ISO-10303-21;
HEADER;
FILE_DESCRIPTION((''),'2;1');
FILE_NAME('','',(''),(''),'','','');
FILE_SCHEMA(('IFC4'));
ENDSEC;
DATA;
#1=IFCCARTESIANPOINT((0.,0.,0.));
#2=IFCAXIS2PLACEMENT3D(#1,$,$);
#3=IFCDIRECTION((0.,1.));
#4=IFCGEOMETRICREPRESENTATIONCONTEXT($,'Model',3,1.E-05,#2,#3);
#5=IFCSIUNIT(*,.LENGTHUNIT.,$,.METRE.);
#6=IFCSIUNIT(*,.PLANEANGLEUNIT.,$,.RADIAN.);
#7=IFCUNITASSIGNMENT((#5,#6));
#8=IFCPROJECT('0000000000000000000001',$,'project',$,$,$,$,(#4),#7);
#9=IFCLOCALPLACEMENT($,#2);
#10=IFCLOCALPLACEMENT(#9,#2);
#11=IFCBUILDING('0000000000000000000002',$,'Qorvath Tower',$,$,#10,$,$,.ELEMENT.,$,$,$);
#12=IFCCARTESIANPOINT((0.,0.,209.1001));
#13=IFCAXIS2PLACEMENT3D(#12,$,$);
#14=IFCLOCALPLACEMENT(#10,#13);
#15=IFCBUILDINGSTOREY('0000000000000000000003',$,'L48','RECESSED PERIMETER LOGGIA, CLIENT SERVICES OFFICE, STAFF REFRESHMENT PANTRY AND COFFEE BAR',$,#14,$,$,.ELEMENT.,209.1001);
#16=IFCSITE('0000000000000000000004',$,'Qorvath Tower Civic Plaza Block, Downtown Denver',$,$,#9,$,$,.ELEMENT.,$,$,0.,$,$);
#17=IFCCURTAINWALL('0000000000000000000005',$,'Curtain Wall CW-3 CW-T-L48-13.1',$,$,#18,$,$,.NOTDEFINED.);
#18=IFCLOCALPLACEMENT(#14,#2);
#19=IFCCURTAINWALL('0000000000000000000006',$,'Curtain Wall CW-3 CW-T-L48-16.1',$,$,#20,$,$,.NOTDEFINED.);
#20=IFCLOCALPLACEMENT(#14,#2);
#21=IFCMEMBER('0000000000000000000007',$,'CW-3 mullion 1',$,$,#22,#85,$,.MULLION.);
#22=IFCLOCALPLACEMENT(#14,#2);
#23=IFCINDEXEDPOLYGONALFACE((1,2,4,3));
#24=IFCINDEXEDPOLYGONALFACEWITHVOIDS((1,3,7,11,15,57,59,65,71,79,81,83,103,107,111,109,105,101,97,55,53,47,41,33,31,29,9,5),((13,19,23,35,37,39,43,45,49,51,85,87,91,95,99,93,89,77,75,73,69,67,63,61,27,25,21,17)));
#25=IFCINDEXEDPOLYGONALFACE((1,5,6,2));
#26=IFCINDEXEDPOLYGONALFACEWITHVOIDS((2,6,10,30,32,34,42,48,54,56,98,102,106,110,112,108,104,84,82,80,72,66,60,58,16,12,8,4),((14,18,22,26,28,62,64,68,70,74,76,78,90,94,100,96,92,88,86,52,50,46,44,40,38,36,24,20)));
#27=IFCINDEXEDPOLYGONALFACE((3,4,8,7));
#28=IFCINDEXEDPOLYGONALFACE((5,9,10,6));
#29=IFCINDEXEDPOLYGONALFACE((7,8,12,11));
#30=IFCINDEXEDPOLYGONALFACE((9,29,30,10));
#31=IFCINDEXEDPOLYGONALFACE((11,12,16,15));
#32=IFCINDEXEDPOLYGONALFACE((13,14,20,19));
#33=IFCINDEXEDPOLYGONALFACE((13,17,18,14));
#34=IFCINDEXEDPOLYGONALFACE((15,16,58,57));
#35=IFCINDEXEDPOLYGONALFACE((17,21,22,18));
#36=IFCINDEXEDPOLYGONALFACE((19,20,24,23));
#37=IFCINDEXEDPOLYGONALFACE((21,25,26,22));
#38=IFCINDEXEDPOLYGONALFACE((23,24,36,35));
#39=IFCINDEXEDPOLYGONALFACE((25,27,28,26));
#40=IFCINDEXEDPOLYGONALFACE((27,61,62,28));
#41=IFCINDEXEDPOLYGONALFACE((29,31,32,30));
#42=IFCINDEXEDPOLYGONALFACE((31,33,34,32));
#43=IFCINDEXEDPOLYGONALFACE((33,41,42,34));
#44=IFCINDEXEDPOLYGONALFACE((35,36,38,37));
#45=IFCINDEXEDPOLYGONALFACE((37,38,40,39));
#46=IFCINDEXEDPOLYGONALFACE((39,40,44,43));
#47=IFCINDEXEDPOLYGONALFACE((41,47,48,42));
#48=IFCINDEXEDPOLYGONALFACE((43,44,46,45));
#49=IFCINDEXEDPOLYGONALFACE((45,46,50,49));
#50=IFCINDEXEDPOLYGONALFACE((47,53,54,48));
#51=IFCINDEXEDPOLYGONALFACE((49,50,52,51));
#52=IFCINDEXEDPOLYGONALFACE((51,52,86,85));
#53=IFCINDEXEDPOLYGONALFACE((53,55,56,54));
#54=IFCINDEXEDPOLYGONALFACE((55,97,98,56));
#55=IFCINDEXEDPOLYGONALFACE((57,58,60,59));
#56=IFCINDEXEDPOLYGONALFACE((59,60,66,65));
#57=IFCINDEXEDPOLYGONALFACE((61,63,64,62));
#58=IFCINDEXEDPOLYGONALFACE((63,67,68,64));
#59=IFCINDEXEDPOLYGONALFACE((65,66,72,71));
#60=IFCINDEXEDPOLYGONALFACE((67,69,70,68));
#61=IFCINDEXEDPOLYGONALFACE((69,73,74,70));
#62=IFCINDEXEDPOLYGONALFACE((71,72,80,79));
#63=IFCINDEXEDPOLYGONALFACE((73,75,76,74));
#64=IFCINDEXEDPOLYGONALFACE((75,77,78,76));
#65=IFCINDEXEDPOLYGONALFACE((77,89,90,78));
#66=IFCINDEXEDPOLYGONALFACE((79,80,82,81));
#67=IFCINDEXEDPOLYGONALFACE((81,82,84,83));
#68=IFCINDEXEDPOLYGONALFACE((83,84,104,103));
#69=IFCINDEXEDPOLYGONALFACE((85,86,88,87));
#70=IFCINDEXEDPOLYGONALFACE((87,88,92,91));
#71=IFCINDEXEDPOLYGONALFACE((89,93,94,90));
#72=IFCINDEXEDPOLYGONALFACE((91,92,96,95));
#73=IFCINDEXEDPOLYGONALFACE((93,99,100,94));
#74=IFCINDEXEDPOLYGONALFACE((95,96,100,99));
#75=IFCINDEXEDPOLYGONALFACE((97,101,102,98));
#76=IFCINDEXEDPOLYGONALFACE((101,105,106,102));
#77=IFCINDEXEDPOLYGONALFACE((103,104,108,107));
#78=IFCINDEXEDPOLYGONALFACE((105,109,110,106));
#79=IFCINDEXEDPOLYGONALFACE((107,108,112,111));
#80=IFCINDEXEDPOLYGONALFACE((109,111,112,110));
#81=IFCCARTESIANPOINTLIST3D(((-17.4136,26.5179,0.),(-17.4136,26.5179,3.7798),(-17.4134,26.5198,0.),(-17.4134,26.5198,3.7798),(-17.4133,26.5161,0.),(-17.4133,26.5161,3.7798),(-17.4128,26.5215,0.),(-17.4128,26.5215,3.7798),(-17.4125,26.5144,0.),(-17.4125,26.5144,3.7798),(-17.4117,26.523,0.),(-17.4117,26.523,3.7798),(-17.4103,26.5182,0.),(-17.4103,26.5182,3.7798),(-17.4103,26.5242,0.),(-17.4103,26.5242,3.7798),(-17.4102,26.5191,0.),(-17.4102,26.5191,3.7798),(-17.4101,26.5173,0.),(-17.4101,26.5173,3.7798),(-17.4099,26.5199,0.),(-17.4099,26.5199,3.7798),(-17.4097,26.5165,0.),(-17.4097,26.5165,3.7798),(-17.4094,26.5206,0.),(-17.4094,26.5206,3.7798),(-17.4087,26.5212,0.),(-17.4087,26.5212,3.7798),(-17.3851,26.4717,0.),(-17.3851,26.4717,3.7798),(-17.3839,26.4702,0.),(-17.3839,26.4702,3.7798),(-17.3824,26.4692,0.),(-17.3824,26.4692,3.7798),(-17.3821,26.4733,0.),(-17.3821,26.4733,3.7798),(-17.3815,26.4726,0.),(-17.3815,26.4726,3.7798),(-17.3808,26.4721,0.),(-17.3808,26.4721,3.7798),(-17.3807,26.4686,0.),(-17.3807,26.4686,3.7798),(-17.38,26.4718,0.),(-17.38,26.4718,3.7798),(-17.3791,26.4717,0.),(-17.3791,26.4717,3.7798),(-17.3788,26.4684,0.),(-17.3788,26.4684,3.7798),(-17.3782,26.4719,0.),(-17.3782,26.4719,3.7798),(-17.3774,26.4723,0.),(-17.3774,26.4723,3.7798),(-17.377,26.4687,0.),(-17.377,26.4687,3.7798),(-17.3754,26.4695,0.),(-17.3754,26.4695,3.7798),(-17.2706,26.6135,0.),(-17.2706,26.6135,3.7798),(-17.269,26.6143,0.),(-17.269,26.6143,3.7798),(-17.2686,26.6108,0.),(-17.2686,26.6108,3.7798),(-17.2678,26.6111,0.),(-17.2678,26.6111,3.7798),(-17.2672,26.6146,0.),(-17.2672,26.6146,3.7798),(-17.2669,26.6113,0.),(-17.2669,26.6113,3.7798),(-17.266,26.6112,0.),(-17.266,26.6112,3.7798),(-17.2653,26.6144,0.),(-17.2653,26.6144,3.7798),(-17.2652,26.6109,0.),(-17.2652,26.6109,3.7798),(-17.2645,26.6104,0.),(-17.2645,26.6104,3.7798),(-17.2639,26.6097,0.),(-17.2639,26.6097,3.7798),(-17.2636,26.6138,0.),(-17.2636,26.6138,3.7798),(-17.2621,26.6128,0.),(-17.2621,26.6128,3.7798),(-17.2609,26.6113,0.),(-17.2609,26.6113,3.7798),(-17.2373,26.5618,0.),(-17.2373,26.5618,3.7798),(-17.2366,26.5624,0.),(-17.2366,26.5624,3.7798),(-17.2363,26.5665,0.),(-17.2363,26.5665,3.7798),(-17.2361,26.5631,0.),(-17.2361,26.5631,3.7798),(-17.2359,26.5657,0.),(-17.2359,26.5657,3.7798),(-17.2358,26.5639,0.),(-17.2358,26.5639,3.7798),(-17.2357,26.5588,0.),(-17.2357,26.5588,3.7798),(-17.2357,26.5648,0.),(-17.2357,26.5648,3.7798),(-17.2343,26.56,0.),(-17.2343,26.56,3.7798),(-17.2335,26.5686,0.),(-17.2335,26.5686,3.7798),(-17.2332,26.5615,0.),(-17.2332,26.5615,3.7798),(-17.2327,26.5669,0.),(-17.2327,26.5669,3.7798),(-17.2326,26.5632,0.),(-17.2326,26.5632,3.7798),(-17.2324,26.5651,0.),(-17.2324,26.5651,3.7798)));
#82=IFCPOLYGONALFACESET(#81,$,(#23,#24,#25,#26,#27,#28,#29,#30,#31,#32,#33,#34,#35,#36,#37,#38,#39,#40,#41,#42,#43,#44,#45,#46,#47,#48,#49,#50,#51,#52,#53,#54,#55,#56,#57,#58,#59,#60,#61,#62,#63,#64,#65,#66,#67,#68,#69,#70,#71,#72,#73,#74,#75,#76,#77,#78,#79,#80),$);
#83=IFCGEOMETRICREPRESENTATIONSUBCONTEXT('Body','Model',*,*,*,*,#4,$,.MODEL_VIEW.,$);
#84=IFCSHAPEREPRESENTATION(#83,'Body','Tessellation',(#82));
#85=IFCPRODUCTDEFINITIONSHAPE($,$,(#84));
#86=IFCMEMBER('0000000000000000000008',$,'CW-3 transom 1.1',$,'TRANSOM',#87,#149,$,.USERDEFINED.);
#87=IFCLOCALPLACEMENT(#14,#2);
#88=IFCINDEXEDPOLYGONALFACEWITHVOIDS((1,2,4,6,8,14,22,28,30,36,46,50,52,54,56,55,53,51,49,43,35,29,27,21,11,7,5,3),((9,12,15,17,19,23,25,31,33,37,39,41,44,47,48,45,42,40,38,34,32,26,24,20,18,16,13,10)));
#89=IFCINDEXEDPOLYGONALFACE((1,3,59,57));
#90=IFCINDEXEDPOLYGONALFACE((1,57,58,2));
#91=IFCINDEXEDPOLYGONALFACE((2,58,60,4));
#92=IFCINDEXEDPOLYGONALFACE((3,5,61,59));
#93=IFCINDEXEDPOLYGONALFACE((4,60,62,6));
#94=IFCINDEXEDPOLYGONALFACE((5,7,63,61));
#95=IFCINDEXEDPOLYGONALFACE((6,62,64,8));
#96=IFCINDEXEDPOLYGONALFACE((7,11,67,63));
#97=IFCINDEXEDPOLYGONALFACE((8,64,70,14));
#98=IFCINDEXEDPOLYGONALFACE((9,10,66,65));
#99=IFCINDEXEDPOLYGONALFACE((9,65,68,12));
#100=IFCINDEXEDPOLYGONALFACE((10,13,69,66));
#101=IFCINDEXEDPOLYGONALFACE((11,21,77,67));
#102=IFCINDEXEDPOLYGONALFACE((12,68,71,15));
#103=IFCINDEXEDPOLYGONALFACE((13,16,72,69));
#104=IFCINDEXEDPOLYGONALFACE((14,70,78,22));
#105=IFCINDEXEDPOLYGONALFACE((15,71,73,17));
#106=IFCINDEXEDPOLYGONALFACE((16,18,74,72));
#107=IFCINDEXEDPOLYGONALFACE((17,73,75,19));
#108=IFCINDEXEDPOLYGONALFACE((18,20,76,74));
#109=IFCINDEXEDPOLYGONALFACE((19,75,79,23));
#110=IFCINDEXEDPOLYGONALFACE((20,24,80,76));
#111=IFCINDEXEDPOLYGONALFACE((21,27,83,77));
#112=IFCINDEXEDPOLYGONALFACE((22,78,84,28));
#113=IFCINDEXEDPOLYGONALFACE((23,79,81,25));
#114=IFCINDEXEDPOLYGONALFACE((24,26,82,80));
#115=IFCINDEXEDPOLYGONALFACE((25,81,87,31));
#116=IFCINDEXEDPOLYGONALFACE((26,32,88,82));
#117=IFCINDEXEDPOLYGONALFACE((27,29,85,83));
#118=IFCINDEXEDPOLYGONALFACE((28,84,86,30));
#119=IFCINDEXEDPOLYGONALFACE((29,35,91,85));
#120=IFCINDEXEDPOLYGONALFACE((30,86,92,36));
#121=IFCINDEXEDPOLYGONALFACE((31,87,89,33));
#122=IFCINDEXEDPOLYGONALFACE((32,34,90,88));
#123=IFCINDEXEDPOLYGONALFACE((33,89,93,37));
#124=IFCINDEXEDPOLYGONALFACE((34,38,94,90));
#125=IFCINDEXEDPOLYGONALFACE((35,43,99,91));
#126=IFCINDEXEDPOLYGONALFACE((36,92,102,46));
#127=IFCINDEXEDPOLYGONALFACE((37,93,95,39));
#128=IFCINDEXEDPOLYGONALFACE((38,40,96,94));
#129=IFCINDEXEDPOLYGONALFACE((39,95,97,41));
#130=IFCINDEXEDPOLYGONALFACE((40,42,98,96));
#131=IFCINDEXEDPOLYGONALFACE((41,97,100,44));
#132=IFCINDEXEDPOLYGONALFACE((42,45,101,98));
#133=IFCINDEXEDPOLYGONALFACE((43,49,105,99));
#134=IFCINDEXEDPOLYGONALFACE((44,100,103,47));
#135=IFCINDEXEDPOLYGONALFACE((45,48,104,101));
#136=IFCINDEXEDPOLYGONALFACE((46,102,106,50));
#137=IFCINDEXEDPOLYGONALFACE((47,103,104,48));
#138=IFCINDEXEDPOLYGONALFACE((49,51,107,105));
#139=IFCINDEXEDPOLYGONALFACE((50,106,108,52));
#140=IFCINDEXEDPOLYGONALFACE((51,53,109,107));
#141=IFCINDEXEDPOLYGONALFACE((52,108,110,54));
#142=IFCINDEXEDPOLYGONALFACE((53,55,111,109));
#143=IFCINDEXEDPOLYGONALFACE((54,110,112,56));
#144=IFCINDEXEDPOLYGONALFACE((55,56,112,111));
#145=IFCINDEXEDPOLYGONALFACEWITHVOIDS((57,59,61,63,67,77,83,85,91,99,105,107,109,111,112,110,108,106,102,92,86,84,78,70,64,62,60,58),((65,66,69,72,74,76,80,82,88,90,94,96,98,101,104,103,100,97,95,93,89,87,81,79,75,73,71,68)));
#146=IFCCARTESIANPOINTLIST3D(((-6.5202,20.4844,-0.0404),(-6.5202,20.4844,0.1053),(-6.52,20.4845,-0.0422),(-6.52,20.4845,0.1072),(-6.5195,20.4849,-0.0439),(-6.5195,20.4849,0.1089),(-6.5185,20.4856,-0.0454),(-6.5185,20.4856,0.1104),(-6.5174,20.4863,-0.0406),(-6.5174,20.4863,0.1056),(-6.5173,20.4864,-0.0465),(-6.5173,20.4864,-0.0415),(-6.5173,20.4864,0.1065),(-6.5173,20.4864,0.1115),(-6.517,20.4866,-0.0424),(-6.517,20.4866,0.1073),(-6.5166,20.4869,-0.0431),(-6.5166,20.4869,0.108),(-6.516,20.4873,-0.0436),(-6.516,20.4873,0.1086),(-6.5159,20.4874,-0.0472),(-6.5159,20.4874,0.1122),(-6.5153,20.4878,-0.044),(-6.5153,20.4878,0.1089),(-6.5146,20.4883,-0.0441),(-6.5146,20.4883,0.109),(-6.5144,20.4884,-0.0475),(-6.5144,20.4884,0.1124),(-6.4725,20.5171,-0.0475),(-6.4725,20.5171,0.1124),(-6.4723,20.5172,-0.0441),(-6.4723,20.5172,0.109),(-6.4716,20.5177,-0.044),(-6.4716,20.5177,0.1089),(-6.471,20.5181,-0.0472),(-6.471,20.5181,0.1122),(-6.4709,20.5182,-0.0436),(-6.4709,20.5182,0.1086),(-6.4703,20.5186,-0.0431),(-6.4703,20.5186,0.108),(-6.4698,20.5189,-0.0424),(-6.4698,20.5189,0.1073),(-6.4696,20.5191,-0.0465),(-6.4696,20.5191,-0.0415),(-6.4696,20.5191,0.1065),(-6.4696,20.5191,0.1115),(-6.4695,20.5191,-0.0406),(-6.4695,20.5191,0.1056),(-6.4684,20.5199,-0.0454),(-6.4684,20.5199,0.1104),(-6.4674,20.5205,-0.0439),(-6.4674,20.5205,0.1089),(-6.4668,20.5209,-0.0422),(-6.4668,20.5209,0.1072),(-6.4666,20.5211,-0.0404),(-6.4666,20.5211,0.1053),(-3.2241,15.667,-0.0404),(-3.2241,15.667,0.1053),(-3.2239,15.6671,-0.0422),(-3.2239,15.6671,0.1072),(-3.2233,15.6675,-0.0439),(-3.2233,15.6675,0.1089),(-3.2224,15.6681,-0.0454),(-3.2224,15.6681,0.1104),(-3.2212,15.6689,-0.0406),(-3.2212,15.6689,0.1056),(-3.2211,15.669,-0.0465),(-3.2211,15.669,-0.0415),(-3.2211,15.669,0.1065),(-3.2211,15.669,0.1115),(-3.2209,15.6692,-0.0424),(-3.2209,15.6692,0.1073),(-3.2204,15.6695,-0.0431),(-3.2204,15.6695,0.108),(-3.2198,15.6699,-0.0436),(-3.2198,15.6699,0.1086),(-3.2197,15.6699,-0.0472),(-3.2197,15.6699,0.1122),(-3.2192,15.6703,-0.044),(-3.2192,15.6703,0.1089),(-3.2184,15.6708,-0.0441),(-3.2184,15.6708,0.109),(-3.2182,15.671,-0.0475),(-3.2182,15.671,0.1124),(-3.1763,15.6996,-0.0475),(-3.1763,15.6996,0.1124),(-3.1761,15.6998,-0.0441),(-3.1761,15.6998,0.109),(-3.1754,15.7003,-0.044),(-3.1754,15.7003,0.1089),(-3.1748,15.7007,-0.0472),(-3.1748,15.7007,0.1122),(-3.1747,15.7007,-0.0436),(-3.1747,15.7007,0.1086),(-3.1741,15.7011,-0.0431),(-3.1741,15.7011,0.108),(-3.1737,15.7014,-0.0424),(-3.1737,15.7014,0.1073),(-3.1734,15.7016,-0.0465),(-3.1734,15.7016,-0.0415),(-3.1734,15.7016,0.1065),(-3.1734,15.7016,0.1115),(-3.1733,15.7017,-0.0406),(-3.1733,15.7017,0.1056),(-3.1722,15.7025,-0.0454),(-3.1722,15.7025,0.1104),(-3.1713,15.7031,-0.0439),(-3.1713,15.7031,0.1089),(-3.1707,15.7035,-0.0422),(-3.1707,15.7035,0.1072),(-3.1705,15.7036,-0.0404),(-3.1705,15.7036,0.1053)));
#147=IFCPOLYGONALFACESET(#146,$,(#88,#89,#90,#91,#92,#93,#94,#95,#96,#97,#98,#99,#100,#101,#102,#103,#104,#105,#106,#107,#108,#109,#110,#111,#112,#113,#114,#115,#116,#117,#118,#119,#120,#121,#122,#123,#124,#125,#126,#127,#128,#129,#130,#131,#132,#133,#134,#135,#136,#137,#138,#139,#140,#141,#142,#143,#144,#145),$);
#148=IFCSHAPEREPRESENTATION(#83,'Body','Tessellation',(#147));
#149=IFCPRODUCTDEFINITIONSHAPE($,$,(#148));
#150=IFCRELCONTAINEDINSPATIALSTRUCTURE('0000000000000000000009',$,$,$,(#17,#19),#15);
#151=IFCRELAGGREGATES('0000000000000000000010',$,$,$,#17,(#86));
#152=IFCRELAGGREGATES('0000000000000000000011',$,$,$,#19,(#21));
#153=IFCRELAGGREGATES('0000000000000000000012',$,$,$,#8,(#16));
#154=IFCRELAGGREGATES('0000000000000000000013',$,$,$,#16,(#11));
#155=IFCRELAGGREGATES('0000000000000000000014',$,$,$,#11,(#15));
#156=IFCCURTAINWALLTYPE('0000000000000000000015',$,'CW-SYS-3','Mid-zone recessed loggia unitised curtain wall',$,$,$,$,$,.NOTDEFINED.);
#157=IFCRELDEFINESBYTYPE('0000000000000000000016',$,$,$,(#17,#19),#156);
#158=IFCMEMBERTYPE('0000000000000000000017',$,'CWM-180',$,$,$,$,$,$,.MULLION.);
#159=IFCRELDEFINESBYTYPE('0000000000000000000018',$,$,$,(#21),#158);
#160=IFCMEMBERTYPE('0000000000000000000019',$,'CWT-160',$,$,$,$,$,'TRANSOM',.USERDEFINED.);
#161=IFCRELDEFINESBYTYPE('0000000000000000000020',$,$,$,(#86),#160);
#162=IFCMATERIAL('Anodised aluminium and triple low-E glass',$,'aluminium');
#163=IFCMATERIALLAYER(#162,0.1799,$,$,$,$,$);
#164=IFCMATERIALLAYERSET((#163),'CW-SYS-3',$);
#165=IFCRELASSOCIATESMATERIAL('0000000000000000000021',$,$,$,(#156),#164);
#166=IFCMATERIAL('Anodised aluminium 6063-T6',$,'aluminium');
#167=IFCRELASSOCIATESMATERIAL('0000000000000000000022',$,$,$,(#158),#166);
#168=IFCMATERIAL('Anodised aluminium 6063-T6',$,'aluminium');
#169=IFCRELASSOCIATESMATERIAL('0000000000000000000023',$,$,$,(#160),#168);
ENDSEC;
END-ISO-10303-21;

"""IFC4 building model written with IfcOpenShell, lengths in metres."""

from ifc_helpers import new_model, si_unit, direction, frame, origin, origin_2d, place, context, subcontext, project, spatial, hollow_rectangle, extrude, material, layer, layer_set, material_profile, profile_set, type_object, element, aggregate, save


model = new_model("IFC4")

# Units and contexts
model_context = context("Model", 3, precision=1e-05, world=origin(), true_north=direction((0.0, 1.0)))
body_context = subcontext(model_context, "Body", "Model", "MODEL_VIEW")
ifc_project = project(units=[si_unit("LENGTHUNIT", "METRE"), si_unit("PLANEANGLEUNIT", "RADIAN")], contexts=[model_context])

# Site, building, storey
site_placement = place(None, origin())
site = spatial("IfcSite", under=ifc_project, at=site_placement, Name="Qorvath Tower Civic Plaza Block, Downtown Denver", CompositionType="ELEMENT", RefElevation=0.0)
building_placement = place(site_placement, origin())
building = spatial("IfcBuilding", under=site, at=building_placement, Name="Qorvath Tower", CompositionType="ELEMENT")
storey_placement = place(building_placement, frame((0.0, 0.0, 209.1001)))
storey = spatial("IfcBuildingStorey", under=building, at=storey_placement, Name="L48", Description="RECESSED PERIMETER LOGGIA, CLIENT SERVICES OFFICE, STAFF REFRESHMENT PANTRY AND COFFEE BAR", CompositionType="ELEMENT", Elevation=209.1001)

# Shared definitions
ifc_material_1 = material(Name="Anodised aluminium and triple low-E glass", Category="aluminium")
ifc_layer_1 = layer(ifc_material_1, 0.1799)
ifc_layer_set_1 = layer_set([ifc_layer_1], Name="CW-SYS-3")
curtain_wall_type = type_object("IfcCurtainWallType", Name="CW-SYS-3", Description="Mid-zone recessed loggia unitised curtain wall", PredefinedType="NOTDEFINED", material=ifc_layer_set_1)
ifc_material_2 = material(Name="Anodised aluminium 6063-T6", Category="aluminium")
ifc_material_profile_1 = material_profile(ifc_material_2, hollow_rectangle(XDim=0.0649, YDim=0.1799, WallThickness=0.0034, InnerFilletRadius=0.0034, OuterFilletRadius=0.0071, at=origin_2d()), Name="CWM 180x65")
ifc_profile_set_1 = profile_set([ifc_material_profile_1], Name="Anodised aluminium 6063-T6")
member_type_1 = type_object("IfcMemberType", Name="CWM-180", PredefinedType="MULLION", material=ifc_profile_set_1)

# Curtain wall
curtain_wall_1_placement = place(storey_placement, origin())
curtain_wall_1 = element("IfcCurtainWall", 1, at=curtain_wall_1_placement, inside=storey, type_object=curtain_wall_type, Name="Curtain Wall CW-3 CW-T-L48-13.1", PredefinedType="NOTDEFINED")

# Curtain wall, member
curtain_wall_2_placement = place(storey_placement, origin())
curtain_wall_2 = element("IfcCurtainWall", 2, at=curtain_wall_2_placement, inside=storey, type_object=curtain_wall_type, Name="Curtain Wall CW-3 CW-T-L48-16.1", PredefinedType="NOTDEFINED")
member_1_placement = place(storey_placement, frame((-17.323, 26.5415, 0.0), z_axis=(0.0, 0.0, 1.0), x_axis=(0.538532, -0.842605, 0.0)))
member_1 = element("IfcMember", 3, at=member_1_placement, type_object=member_type_1, Name="CW-3 mullion 1", PredefinedType="MULLION", context=body_context, shape_type="SweptSolid", body=[
    extrude(hollow_rectangle(XDim=0.0649, YDim=0.1799, WallThickness=0.0034, InnerFilletRadius=0.0034, OuterFilletRadius=0.0071, at=origin_2d()), origin(), (0.0, 0.0, 1.0), 3.7798),
])

# Member
ifc_material_3 = material(Name="Anodised aluminium 6063-T6", Category="aluminium")
ifc_material_profile_2 = material_profile(ifc_material_3, hollow_rectangle(XDim=0.0649, YDim=0.1599, WallThickness=0.0034, InnerFilletRadius=0.0034, OuterFilletRadius=0.0071, at=origin_2d()), Name="CWT 160x65")
ifc_profile_set_2 = profile_set([ifc_material_profile_2], Name="Anodised aluminium 6063-T6")
member_type_2 = type_object("IfcMemberType", Name="CWT-160", ElementType="TRANSOM", PredefinedType="USERDEFINED", material=ifc_profile_set_2)
member_2_placement = place(storey_placement, frame((-3.1973, 15.6853, 0.0325), z_axis=(-0.564688, 0.825304, 0.0), x_axis=(-0.825304, -0.564688, 0.0)))
member_2 = element("IfcMember", 4, at=member_2_placement, type_object=member_type_2, Name="CW-3 transom 1.1", ObjectType="TRANSOM", PredefinedType="USERDEFINED", context=body_context, shape_type="SweptSolid", body=[
    extrude(hollow_rectangle(XDim=0.0649, YDim=0.1599, WallThickness=0.0034, InnerFilletRadius=0.0034, OuterFilletRadius=0.0071, at=origin_2d()), origin(), (0.0, 0.0, 1.0), 5.8372),
])

aggregate(curtain_wall_1, [member_2])
aggregate(curtain_wall_2, [member_1])

save(model, "model.ifc")
